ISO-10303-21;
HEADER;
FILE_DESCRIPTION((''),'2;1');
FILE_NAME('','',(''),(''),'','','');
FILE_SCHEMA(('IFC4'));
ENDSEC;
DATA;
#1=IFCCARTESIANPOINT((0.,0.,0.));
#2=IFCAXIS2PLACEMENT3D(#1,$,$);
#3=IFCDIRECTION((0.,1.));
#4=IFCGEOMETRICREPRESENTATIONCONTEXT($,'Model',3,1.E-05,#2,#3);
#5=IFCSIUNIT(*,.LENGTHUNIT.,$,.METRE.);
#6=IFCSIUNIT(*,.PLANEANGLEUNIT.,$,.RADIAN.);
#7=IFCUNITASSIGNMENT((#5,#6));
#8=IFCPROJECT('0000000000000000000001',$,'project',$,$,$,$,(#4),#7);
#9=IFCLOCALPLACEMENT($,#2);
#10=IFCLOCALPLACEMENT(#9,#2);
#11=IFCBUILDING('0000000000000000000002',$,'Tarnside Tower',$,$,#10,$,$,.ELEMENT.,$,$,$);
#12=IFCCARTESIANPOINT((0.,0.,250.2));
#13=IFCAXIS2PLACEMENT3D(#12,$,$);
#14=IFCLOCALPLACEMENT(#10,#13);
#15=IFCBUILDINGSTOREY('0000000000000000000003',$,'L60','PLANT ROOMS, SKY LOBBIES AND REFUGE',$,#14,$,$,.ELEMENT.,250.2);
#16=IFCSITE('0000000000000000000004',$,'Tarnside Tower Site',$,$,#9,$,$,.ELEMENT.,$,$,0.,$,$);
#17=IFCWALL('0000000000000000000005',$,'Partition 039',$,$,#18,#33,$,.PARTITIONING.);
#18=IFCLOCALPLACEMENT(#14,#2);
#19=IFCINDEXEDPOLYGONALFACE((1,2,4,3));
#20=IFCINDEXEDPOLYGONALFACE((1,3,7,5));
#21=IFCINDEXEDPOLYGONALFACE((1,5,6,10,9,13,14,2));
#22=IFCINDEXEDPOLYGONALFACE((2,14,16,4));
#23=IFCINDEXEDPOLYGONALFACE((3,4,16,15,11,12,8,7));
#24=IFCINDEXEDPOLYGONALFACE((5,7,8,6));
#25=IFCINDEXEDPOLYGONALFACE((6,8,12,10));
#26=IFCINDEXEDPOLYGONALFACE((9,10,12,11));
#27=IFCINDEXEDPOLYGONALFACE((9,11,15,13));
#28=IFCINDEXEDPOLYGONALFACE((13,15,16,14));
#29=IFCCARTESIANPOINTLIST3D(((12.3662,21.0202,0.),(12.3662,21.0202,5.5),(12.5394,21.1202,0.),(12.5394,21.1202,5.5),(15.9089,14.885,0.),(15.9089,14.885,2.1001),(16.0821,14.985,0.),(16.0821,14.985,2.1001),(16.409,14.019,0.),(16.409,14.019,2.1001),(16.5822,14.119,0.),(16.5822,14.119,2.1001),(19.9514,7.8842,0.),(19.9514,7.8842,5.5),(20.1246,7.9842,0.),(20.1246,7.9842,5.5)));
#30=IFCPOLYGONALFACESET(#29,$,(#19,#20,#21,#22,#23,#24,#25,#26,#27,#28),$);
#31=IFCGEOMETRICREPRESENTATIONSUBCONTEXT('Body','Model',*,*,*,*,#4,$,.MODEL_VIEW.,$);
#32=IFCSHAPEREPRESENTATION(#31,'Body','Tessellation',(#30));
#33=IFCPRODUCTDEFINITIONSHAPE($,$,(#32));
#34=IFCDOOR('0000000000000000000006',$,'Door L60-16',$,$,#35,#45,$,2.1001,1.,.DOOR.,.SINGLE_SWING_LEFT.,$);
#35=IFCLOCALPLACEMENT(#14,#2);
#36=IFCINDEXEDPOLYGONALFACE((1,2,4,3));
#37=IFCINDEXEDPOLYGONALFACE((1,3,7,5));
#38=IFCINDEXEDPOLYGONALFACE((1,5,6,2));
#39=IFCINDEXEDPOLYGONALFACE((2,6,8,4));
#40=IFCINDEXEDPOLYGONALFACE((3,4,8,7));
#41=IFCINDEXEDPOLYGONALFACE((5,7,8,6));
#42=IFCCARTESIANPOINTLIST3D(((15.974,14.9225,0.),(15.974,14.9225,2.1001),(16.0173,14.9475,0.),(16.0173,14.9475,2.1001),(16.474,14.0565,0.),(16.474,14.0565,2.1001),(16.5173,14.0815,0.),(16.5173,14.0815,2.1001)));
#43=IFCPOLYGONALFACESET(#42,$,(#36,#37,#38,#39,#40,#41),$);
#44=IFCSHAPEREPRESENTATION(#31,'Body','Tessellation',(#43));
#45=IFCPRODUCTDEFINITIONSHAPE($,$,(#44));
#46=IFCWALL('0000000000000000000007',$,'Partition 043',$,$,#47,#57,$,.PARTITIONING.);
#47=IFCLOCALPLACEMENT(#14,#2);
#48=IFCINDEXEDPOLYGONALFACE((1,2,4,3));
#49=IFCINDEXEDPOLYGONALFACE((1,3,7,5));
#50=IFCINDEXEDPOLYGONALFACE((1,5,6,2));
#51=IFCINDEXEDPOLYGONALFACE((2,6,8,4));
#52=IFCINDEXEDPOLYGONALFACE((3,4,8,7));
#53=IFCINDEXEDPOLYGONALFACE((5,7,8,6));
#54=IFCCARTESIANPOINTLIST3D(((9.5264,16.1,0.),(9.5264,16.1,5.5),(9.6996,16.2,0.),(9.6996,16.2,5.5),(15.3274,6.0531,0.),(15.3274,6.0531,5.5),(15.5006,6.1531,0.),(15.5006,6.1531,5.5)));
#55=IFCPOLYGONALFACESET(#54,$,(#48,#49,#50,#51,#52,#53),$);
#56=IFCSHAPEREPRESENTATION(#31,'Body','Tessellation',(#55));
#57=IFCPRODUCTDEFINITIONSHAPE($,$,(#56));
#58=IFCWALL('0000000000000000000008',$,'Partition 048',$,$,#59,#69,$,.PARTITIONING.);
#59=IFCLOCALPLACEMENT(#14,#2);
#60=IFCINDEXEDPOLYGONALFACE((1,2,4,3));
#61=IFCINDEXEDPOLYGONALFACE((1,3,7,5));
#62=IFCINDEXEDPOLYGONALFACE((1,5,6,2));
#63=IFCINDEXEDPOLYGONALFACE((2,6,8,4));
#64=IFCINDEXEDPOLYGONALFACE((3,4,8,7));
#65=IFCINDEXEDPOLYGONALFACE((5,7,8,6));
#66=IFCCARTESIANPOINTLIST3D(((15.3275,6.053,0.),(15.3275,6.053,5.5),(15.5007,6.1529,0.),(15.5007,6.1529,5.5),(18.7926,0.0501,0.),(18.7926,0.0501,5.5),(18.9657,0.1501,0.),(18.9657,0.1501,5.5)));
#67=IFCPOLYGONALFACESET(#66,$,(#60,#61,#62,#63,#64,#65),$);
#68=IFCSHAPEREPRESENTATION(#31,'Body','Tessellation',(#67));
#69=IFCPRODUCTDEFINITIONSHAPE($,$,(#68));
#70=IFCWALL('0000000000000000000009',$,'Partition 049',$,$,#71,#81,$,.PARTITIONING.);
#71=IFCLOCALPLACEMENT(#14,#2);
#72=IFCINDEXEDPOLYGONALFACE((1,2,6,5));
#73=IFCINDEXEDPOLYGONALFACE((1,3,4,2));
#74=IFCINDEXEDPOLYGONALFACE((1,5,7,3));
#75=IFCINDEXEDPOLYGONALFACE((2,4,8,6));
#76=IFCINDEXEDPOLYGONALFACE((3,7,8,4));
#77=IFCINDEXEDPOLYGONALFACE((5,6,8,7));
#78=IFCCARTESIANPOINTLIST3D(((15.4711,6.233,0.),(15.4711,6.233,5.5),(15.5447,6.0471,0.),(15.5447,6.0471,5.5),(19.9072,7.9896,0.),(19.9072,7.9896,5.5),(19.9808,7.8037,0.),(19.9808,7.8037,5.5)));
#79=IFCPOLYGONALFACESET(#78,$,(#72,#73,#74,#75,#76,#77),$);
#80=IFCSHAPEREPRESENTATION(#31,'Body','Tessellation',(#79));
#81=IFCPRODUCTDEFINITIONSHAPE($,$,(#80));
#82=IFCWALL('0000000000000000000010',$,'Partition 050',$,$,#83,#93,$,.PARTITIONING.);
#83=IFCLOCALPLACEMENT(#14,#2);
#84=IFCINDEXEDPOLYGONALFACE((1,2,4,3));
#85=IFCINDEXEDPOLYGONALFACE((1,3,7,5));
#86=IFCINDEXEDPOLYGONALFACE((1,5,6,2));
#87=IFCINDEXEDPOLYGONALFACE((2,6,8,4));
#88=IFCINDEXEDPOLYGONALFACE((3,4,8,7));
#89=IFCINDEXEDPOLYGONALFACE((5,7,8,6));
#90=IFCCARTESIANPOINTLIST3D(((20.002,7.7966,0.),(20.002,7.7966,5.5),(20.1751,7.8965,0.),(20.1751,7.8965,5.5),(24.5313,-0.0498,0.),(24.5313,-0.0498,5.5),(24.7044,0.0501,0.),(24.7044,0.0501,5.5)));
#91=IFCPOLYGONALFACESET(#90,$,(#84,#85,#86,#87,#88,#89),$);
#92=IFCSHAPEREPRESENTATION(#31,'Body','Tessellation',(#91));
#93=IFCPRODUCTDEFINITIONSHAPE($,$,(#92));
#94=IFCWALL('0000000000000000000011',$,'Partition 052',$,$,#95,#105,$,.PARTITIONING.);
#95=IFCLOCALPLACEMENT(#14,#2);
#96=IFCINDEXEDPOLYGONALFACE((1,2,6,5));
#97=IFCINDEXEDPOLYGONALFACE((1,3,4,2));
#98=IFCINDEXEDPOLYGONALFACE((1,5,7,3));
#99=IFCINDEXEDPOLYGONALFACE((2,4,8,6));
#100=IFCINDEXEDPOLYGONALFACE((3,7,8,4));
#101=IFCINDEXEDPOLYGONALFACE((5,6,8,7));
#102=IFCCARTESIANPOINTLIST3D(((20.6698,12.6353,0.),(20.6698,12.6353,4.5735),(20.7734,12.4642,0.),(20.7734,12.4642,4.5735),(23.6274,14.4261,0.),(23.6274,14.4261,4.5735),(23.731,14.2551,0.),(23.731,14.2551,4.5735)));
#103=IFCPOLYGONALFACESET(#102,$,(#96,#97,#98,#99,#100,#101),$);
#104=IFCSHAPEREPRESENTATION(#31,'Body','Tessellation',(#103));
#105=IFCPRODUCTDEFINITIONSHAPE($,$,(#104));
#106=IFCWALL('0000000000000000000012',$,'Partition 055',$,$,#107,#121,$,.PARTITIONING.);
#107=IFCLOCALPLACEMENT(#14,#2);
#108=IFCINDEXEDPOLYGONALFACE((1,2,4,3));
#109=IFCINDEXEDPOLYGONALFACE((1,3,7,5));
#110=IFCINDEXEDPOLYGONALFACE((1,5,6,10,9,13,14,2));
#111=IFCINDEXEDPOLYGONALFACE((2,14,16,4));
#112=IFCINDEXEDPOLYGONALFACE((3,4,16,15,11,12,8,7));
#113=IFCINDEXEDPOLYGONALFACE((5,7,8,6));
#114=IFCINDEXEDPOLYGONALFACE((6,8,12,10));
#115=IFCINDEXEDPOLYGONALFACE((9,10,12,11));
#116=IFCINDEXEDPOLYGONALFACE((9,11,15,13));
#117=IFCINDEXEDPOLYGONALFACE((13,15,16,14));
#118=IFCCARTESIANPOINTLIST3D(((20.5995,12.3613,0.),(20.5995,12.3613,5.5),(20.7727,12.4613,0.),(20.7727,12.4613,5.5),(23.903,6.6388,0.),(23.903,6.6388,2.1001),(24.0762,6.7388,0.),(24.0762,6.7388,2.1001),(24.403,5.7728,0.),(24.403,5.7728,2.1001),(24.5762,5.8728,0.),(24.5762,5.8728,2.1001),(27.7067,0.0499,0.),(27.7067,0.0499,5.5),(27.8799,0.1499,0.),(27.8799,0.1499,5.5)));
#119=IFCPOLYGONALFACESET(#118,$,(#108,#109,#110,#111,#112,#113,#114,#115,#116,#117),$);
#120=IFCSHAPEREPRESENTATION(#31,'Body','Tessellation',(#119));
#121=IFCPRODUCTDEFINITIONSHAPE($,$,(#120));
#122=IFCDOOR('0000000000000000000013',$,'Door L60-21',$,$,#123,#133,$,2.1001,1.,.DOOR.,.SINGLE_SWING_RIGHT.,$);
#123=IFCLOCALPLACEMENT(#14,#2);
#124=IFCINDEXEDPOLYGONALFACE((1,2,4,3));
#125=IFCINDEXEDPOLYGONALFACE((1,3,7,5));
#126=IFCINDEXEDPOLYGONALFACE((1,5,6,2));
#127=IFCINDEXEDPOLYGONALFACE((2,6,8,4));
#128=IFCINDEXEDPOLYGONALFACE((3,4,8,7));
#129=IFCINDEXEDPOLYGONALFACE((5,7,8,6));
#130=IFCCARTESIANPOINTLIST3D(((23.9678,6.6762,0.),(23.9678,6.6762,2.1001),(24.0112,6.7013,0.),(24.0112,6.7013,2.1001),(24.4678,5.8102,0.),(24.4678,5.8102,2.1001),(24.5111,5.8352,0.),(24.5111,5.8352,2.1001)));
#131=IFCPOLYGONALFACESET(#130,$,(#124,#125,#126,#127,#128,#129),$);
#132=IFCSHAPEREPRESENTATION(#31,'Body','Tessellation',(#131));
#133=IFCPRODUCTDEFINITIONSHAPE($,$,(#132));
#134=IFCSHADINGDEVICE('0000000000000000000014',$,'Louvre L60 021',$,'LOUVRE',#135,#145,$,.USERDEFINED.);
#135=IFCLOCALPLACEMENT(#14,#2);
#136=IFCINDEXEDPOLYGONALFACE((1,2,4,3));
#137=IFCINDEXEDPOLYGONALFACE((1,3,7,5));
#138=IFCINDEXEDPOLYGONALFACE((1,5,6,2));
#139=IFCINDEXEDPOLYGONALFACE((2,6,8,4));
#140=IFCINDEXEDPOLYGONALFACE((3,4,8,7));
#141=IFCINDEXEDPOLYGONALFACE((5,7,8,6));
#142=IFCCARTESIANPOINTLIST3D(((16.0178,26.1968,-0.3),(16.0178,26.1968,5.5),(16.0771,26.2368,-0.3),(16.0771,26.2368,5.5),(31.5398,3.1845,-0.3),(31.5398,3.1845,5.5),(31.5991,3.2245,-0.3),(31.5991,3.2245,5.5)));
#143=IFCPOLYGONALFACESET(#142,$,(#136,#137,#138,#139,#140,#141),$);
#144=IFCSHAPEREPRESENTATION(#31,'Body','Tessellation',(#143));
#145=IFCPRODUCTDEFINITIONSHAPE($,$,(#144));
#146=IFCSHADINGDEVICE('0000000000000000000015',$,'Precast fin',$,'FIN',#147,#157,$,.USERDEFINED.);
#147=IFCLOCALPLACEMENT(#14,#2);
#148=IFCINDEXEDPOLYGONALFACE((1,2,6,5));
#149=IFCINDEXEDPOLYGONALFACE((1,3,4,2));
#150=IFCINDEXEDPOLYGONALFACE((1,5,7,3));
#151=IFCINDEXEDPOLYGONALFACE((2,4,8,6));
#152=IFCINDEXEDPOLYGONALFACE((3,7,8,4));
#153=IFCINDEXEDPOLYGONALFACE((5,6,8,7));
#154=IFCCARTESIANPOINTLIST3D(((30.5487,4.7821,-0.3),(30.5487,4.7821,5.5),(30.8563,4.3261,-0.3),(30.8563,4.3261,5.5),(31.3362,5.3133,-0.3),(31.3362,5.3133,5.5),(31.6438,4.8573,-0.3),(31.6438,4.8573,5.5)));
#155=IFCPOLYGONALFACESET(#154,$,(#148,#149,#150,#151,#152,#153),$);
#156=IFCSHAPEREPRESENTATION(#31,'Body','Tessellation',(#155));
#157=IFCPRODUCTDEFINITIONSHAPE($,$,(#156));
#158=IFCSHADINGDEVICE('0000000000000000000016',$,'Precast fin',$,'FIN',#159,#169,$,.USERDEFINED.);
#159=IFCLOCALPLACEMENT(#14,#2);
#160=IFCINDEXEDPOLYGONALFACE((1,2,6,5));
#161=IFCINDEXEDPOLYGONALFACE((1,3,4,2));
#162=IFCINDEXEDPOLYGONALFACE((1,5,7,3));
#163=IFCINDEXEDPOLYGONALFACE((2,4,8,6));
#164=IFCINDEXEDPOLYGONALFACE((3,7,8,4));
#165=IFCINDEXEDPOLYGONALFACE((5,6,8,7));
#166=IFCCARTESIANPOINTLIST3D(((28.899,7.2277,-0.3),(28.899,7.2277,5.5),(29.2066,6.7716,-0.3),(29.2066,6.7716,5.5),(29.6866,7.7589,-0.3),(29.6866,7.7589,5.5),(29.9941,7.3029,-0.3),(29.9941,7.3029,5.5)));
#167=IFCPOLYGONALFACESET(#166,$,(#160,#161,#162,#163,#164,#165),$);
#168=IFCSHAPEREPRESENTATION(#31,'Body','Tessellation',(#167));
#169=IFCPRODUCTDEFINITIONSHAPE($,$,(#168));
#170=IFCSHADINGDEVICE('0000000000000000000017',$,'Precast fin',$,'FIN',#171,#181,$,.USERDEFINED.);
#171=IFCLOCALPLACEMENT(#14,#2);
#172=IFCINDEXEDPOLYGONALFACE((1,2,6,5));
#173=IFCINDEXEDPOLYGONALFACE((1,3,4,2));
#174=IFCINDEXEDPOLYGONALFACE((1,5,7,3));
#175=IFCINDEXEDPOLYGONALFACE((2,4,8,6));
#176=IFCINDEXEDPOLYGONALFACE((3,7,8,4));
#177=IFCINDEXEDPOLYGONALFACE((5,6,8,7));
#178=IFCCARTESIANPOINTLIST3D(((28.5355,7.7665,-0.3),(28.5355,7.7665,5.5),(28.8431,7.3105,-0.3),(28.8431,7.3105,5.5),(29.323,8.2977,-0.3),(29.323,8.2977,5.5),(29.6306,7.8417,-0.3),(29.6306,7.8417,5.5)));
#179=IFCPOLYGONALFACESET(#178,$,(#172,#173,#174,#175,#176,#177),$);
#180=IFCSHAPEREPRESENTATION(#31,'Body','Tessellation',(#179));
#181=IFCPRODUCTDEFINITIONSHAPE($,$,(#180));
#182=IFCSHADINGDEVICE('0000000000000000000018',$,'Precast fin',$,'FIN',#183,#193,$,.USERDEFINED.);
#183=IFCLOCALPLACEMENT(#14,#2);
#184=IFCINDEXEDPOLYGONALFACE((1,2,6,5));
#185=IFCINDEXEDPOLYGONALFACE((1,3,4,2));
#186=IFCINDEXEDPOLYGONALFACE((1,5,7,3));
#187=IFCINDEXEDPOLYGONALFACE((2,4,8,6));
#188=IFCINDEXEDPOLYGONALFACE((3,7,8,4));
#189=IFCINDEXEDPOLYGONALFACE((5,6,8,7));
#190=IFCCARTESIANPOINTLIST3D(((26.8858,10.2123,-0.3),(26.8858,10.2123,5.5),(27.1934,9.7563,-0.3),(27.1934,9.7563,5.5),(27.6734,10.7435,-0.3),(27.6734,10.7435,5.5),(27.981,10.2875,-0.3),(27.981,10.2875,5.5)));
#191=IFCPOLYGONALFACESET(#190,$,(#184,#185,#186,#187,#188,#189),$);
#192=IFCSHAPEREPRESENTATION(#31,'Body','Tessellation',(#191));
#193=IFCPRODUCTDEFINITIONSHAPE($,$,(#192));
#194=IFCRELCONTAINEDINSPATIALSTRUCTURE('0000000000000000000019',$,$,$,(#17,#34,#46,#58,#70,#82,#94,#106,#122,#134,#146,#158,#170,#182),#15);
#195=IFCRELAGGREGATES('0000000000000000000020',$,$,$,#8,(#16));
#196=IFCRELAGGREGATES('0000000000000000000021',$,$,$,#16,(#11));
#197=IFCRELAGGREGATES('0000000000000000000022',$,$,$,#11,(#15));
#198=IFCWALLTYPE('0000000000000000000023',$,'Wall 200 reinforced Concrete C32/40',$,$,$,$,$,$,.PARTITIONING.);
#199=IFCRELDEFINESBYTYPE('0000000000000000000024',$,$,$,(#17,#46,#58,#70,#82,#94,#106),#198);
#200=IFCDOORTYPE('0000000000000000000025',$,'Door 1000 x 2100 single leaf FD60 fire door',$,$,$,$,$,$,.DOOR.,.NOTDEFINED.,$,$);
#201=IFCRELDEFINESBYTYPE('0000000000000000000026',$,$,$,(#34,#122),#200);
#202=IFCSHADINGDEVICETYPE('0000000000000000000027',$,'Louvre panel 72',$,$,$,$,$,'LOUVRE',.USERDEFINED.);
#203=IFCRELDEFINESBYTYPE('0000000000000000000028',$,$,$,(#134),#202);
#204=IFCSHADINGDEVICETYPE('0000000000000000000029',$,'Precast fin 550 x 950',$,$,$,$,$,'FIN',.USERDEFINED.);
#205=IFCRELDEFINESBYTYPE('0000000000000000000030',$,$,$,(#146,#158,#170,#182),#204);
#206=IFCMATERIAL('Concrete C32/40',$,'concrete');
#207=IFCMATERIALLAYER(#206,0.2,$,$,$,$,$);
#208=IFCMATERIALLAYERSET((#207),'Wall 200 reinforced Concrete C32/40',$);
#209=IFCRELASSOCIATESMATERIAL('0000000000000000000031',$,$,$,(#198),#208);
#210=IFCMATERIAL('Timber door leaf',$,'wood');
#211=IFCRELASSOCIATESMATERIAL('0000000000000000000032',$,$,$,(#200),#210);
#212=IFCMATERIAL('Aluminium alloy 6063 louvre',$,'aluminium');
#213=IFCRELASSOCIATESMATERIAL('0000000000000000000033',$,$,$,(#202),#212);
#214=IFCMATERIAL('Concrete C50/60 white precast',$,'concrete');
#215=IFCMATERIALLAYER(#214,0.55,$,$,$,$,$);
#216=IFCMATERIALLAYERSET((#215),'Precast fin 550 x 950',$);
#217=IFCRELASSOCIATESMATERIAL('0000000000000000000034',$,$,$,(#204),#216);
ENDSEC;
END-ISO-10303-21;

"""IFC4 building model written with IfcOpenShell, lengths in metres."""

from ifc_helpers import new_model, si_unit, direction, frame, frame_2d, origin, place, context, subcontext, project, spatial, polyline, rectangle, outline, extrude, material, layer, layer_set, type_object, element, fill, save


model = new_model("IFC4")

# Units and contexts
model_context = context("Model", 3, precision=1e-05, world=origin(), true_north=direction((0.0, 1.0)))
body_context = subcontext(model_context, "Body", "Model", "MODEL_VIEW")
ifc_project = project(units=[si_unit("LENGTHUNIT", "METRE"), si_unit("PLANEANGLEUNIT", "RADIAN")], contexts=[model_context])

# Site, building, storey
site_placement = place(None, origin())
site = spatial("IfcSite", under=ifc_project, at=site_placement, Name="Tarnside Tower Site", CompositionType="ELEMENT", RefElevation=0.0)
building_placement = place(site_placement, origin())
building = spatial("IfcBuilding", under=site, at=building_placement, Name="Tarnside Tower", CompositionType="ELEMENT")
storey_placement = place(building_placement, frame((0.0, 0.0, 250.2)))
storey = spatial("IfcBuildingStorey", under=building, at=storey_placement, Name="L60", Description="PLANT ROOMS, SKY LOBBIES AND REFUGE", CompositionType="ELEMENT", Elevation=250.2)

# Wall, opening, door
ifc_material_1 = material(Name="Concrete C32/40", Category="concrete")
ifc_layer_1 = layer(ifc_material_1, 0.2)
ifc_layer_set_1 = layer_set([ifc_layer_1], Name="Wall 200 reinforced Concrete C32/40")
wall_type_1 = type_object("IfcWallType", Name="Wall 200 reinforced Concrete C32/40", PredefinedType="PARTITIONING", material=ifc_layer_set_1)
wall_1_placement = place(storey_placement, frame((20.0381, 7.9341, 0.0), z_axis=(0.0, 0.0, 1.0), x_axis=(-0.500056, 0.865993, 0.0)))
wall_1 = element("IfcWall", 1, at=wall_1_placement, inside=storey, type_object=wall_type_1, Name="Partition 039", PredefinedType="PARTITIONING", context=body_context, shape_type="SweptSolid", body=[
    extrude(rectangle(XDim=15.1687, YDim=0.2, at=frame_2d((7.5845, 0.0))), origin(), (0.0, 0.0, 1.0), 5.5),
])
opening_1_placement = place(wall_1_placement, frame((7.0842, 0.0, 0.0)))
opening_1 = element("IfcOpeningElement", 2, at=opening_1_placement, cuts=wall_1, PredefinedType="OPENING", context=body_context, shape_type="SweptSolid", body=[
    extrude(rectangle(XDim=1.0, YDim=2.1001, at=frame_2d((0.5, 1.05))), frame((0.0, 0.1099, 0.0), z_axis=(0.0, -1.0, 0.0), x_axis=(1.0, 0.0, 0.0)), (0.0, 0.0, 1.0), 0.22),
])
ifc_material_2 = material(Name="Timber door leaf", Category="wood")
door_type_1 = type_object("IfcDoorType", Name="Door 1000 x 2100 single leaf FD60 fire door", OperationType="NOTDEFINED", PredefinedType="DOOR", material=ifc_material_2)
door_1_placement = place(opening_1_placement, origin())
door_1 = element("IfcDoor", 3, at=door_1_placement, inside=storey, type_object=door_type_1, Name="Door L60-16", OperationType="SINGLE_SWING_LEFT", OverallHeight=2.1001, OverallWidth=1.0, PredefinedType="DOOR", context=body_context, shape_type="SweptSolid", body=[
    extrude(rectangle(XDim=1.0, YDim=2.1001, at=frame_2d((0.5, 1.05))), frame((0.0, 0.0249, 0.0), z_axis=(0.0, -1.0, 0.0), x_axis=(1.0, 0.0, 0.0)), (0.0, 0.0, 1.0), 0.05),
])
fill(opening_1, door_1)

# Walls
wall_2_placement = place(storey_placement, frame((15.4141, 6.103, 0.0), z_axis=(0.0, 0.0, 1.0), x_axis=(-0.50003, 0.866008, 0.0)))
element("IfcWall", 4, at=wall_2_placement, inside=storey, type_object=wall_type_1, Name="Partition 043", PredefinedType="PARTITIONING", context=body_context, shape_type="SweptSolid", body=[
    extrude(rectangle(XDim=11.6013, YDim=0.2, at=frame_2d((5.8008, 0.0))), origin(), (0.0, 0.0, 1.0), 5.5),
])
wall_3_placement = place(storey_placement, frame((18.8792, 0.1001, 0.0), z_axis=(0.0, 0.0, 1.0), x_axis=(-0.499924, 0.866069, 0.0)))
element("IfcWall", 5, at=wall_3_placement, inside=storey, type_object=wall_type_1, Name="Partition 048", PredefinedType="PARTITIONING", context=body_context, shape_type="SweptSolid", body=[
    extrude(rectangle(XDim=6.9312, YDim=0.2, at=frame_2d((3.4656, 0.0))), origin(), (0.0, 0.0, 1.0), 5.5),
])
wall_4_placement = place(storey_placement, frame((19.9441, 7.8967, 0.0), z_axis=(0.0, 0.0, 1.0), x_axis=(-0.929759, -0.368168, 0.0)))
element("IfcWall", 6, at=wall_4_placement, inside=storey, type_object=wall_type_1, Name="Partition 049", PredefinedType="PARTITIONING", context=body_context, shape_type="SweptSolid", body=[
    extrude(rectangle(XDim=4.7712, YDim=0.2, at=frame_2d((2.3857, 0.0))), origin(), (0.0, 0.0, 1.0), 5.5),
])
wall_5_placement = place(storey_placement, frame((20.0886, 7.8464, 0.0), z_axis=(0.0, 0.0, 1.0), x_axis=(0.49993, -0.866066, 0.0)))
element("IfcWall", 7, at=wall_5_placement, inside=storey, type_object=wall_type_1, Name="Partition 050", PredefinedType="PARTITIONING", context=body_context, shape_type="SweptSolid", body=[
    extrude(rectangle(XDim=9.0598, YDim=0.2, at=frame_2d((4.5298, 0.0))), origin(), (0.0, 0.0, 1.0), 5.5),
])
wall_6_placement = place(storey_placement, frame((23.6792, 14.3406, 0.0), z_axis=(0.0, 0.0, 1.0), x_axis=(-0.855411, -0.51795, 0.0)))
element("IfcWall", 8, at=wall_6_placement, inside=storey, type_object=wall_type_1, Name="Partition 052", PredefinedType="PARTITIONING", context=body_context, shape_type="SweptSolid", body=[
    extrude(rectangle(XDim=3.4575, YDim=0.2, at=frame_2d((1.7288, 0.0))), origin(), (0.0, 0.0, 1.0), 4.5735),
])

# Wall, opening, door
wall_7_placement = place(storey_placement, frame((20.686, 12.4114, 0.0), z_axis=(0.0, 0.0, 1.0), x_axis=(0.499961, -0.866048, 0.0)))
wall_7 = element("IfcWall", 9, at=wall_7_placement, inside=storey, type_object=wall_type_1, Name="Partition 055", PredefinedType="PARTITIONING", context=body_context, shape_type="SweptSolid", body=[
    extrude(rectangle(XDim=14.2156, YDim=0.2, at=frame_2d((7.1079, 0.0))), origin(), (0.0, 0.0, 1.0), 5.5),
])
opening_2_placement = place(wall_7_placement, frame((6.6077, 0.0, 0.0)))
opening_2 = element("IfcOpeningElement", 10, at=opening_2_placement, cuts=wall_7, PredefinedType="OPENING", context=body_context, shape_type="SweptSolid", body=[
    extrude(rectangle(XDim=1.0, YDim=2.1001, at=frame_2d((0.5, 1.05))), frame((0.0, 0.1099, 0.0), z_axis=(0.0, -1.0, 0.0), x_axis=(1.0, 0.0, 0.0)), (0.0, 0.0, 1.0), 0.22),
])
door_2_placement = place(opening_2_placement, origin())
door_2 = element("IfcDoor", 11, at=door_2_placement, inside=storey, type_object=door_type_1, Name="Door L60-21", OperationType="SINGLE_SWING_RIGHT", OverallHeight=2.1001, OverallWidth=1.0, PredefinedType="DOOR", context=body_context, shape_type="SweptSolid", body=[
    extrude(rectangle(XDim=1.0, YDim=2.1001, at=frame_2d((0.5, 1.05))), frame((0.0, 0.0249, 0.0), z_axis=(0.0, -1.0, 0.0), x_axis=(1.0, 0.0, 0.0)), (0.0, 0.0, 1.0), 0.05),
])
fill(opening_2, door_2)

# Shading devices
ifc_material_3 = material(Name="Aluminium alloy 6063 louvre", Category="aluminium")
shading_device_type_1 = type_object("IfcShadingDeviceType", Name="Louvre panel 72", ElementType="LOUVRE", PredefinedType="USERDEFINED", material=ifc_material_3)
shading_device_placement = place(storey_placement, frame((23.7788, 14.6907, -0.3), z_axis=(0.559193, -0.829037, 0.0), x_axis=(0.829037, 0.559193, 0.0)))
element("IfcShadingDevice", 12, at=shading_device_placement, inside=storey, type_object=shading_device_type_1, Name="Louvre L60 021", ObjectType="LOUVRE", PredefinedType="USERDEFINED", context=body_context, shape_type="SweptSolid", body=[
    extrude(outline(polyline([(0.0, 0.0), (0.0715, 0.0), (0.0715, 5.8), (0.0, 5.8), (0.0, 0.0)])), frame((0.0, 0.0, -13.8789)), (0.0, 0.0, 1.0), 27.7578),
])
ifc_material_4 = material(Name="Concrete C50/60 white precast", Category="concrete")
ifc_layer_2 = layer(ifc_material_4, 0.55)
ifc_layer_set_2 = layer_set([ifc_layer_2], Name="Precast fin 550 x 950")
shading_device_type_2 = type_object("IfcShadingDeviceType", Name="Precast fin 550 x 950", ElementType="FIN", PredefinedType="USERDEFINED", material=ifc_layer_set_2)
for number, where, z_axis, x_axis, name in (
    (13, (30.7024, 4.5542, -0.3), (0.559193, -0.829038, 0.0), (0.829038, 0.559193, 0.0), "Precast fin"),
    (14, (29.0527, 6.9998, -0.3), (0.559193, -0.829038, 0.0), (0.829038, 0.559193, 0.0), "Precast fin"),
    (15, (28.6892, 7.5386, -0.3), (0.559193, -0.829038, 0.0), (0.829038, 0.559193, 0.0), "Precast fin"),
    (16, (27.0396, 9.9844, -0.3), (0.559193, -0.829038, 0.0), (0.829038, 0.559193, 0.0), "Precast fin"),
):
    element("IfcShadingDevice", number, at=place(storey_placement, frame(where, z_axis=z_axis, x_axis=x_axis)), inside=storey, type_object=shading_device_type_2, Name=name, ObjectType="FIN", PredefinedType="USERDEFINED", context=body_context, shape_type="SweptSolid", body=[
        extrude(outline(polyline([(0.0, 0.0), (0.95, 0.0), (0.95, 5.8), (0.0, 5.8), (0.0, 0.0)])), frame((0.0, 0.0, -0.2749)), (0.0, 0.0, 1.0), 0.55),
    ])

save(model, "model.ifc")
